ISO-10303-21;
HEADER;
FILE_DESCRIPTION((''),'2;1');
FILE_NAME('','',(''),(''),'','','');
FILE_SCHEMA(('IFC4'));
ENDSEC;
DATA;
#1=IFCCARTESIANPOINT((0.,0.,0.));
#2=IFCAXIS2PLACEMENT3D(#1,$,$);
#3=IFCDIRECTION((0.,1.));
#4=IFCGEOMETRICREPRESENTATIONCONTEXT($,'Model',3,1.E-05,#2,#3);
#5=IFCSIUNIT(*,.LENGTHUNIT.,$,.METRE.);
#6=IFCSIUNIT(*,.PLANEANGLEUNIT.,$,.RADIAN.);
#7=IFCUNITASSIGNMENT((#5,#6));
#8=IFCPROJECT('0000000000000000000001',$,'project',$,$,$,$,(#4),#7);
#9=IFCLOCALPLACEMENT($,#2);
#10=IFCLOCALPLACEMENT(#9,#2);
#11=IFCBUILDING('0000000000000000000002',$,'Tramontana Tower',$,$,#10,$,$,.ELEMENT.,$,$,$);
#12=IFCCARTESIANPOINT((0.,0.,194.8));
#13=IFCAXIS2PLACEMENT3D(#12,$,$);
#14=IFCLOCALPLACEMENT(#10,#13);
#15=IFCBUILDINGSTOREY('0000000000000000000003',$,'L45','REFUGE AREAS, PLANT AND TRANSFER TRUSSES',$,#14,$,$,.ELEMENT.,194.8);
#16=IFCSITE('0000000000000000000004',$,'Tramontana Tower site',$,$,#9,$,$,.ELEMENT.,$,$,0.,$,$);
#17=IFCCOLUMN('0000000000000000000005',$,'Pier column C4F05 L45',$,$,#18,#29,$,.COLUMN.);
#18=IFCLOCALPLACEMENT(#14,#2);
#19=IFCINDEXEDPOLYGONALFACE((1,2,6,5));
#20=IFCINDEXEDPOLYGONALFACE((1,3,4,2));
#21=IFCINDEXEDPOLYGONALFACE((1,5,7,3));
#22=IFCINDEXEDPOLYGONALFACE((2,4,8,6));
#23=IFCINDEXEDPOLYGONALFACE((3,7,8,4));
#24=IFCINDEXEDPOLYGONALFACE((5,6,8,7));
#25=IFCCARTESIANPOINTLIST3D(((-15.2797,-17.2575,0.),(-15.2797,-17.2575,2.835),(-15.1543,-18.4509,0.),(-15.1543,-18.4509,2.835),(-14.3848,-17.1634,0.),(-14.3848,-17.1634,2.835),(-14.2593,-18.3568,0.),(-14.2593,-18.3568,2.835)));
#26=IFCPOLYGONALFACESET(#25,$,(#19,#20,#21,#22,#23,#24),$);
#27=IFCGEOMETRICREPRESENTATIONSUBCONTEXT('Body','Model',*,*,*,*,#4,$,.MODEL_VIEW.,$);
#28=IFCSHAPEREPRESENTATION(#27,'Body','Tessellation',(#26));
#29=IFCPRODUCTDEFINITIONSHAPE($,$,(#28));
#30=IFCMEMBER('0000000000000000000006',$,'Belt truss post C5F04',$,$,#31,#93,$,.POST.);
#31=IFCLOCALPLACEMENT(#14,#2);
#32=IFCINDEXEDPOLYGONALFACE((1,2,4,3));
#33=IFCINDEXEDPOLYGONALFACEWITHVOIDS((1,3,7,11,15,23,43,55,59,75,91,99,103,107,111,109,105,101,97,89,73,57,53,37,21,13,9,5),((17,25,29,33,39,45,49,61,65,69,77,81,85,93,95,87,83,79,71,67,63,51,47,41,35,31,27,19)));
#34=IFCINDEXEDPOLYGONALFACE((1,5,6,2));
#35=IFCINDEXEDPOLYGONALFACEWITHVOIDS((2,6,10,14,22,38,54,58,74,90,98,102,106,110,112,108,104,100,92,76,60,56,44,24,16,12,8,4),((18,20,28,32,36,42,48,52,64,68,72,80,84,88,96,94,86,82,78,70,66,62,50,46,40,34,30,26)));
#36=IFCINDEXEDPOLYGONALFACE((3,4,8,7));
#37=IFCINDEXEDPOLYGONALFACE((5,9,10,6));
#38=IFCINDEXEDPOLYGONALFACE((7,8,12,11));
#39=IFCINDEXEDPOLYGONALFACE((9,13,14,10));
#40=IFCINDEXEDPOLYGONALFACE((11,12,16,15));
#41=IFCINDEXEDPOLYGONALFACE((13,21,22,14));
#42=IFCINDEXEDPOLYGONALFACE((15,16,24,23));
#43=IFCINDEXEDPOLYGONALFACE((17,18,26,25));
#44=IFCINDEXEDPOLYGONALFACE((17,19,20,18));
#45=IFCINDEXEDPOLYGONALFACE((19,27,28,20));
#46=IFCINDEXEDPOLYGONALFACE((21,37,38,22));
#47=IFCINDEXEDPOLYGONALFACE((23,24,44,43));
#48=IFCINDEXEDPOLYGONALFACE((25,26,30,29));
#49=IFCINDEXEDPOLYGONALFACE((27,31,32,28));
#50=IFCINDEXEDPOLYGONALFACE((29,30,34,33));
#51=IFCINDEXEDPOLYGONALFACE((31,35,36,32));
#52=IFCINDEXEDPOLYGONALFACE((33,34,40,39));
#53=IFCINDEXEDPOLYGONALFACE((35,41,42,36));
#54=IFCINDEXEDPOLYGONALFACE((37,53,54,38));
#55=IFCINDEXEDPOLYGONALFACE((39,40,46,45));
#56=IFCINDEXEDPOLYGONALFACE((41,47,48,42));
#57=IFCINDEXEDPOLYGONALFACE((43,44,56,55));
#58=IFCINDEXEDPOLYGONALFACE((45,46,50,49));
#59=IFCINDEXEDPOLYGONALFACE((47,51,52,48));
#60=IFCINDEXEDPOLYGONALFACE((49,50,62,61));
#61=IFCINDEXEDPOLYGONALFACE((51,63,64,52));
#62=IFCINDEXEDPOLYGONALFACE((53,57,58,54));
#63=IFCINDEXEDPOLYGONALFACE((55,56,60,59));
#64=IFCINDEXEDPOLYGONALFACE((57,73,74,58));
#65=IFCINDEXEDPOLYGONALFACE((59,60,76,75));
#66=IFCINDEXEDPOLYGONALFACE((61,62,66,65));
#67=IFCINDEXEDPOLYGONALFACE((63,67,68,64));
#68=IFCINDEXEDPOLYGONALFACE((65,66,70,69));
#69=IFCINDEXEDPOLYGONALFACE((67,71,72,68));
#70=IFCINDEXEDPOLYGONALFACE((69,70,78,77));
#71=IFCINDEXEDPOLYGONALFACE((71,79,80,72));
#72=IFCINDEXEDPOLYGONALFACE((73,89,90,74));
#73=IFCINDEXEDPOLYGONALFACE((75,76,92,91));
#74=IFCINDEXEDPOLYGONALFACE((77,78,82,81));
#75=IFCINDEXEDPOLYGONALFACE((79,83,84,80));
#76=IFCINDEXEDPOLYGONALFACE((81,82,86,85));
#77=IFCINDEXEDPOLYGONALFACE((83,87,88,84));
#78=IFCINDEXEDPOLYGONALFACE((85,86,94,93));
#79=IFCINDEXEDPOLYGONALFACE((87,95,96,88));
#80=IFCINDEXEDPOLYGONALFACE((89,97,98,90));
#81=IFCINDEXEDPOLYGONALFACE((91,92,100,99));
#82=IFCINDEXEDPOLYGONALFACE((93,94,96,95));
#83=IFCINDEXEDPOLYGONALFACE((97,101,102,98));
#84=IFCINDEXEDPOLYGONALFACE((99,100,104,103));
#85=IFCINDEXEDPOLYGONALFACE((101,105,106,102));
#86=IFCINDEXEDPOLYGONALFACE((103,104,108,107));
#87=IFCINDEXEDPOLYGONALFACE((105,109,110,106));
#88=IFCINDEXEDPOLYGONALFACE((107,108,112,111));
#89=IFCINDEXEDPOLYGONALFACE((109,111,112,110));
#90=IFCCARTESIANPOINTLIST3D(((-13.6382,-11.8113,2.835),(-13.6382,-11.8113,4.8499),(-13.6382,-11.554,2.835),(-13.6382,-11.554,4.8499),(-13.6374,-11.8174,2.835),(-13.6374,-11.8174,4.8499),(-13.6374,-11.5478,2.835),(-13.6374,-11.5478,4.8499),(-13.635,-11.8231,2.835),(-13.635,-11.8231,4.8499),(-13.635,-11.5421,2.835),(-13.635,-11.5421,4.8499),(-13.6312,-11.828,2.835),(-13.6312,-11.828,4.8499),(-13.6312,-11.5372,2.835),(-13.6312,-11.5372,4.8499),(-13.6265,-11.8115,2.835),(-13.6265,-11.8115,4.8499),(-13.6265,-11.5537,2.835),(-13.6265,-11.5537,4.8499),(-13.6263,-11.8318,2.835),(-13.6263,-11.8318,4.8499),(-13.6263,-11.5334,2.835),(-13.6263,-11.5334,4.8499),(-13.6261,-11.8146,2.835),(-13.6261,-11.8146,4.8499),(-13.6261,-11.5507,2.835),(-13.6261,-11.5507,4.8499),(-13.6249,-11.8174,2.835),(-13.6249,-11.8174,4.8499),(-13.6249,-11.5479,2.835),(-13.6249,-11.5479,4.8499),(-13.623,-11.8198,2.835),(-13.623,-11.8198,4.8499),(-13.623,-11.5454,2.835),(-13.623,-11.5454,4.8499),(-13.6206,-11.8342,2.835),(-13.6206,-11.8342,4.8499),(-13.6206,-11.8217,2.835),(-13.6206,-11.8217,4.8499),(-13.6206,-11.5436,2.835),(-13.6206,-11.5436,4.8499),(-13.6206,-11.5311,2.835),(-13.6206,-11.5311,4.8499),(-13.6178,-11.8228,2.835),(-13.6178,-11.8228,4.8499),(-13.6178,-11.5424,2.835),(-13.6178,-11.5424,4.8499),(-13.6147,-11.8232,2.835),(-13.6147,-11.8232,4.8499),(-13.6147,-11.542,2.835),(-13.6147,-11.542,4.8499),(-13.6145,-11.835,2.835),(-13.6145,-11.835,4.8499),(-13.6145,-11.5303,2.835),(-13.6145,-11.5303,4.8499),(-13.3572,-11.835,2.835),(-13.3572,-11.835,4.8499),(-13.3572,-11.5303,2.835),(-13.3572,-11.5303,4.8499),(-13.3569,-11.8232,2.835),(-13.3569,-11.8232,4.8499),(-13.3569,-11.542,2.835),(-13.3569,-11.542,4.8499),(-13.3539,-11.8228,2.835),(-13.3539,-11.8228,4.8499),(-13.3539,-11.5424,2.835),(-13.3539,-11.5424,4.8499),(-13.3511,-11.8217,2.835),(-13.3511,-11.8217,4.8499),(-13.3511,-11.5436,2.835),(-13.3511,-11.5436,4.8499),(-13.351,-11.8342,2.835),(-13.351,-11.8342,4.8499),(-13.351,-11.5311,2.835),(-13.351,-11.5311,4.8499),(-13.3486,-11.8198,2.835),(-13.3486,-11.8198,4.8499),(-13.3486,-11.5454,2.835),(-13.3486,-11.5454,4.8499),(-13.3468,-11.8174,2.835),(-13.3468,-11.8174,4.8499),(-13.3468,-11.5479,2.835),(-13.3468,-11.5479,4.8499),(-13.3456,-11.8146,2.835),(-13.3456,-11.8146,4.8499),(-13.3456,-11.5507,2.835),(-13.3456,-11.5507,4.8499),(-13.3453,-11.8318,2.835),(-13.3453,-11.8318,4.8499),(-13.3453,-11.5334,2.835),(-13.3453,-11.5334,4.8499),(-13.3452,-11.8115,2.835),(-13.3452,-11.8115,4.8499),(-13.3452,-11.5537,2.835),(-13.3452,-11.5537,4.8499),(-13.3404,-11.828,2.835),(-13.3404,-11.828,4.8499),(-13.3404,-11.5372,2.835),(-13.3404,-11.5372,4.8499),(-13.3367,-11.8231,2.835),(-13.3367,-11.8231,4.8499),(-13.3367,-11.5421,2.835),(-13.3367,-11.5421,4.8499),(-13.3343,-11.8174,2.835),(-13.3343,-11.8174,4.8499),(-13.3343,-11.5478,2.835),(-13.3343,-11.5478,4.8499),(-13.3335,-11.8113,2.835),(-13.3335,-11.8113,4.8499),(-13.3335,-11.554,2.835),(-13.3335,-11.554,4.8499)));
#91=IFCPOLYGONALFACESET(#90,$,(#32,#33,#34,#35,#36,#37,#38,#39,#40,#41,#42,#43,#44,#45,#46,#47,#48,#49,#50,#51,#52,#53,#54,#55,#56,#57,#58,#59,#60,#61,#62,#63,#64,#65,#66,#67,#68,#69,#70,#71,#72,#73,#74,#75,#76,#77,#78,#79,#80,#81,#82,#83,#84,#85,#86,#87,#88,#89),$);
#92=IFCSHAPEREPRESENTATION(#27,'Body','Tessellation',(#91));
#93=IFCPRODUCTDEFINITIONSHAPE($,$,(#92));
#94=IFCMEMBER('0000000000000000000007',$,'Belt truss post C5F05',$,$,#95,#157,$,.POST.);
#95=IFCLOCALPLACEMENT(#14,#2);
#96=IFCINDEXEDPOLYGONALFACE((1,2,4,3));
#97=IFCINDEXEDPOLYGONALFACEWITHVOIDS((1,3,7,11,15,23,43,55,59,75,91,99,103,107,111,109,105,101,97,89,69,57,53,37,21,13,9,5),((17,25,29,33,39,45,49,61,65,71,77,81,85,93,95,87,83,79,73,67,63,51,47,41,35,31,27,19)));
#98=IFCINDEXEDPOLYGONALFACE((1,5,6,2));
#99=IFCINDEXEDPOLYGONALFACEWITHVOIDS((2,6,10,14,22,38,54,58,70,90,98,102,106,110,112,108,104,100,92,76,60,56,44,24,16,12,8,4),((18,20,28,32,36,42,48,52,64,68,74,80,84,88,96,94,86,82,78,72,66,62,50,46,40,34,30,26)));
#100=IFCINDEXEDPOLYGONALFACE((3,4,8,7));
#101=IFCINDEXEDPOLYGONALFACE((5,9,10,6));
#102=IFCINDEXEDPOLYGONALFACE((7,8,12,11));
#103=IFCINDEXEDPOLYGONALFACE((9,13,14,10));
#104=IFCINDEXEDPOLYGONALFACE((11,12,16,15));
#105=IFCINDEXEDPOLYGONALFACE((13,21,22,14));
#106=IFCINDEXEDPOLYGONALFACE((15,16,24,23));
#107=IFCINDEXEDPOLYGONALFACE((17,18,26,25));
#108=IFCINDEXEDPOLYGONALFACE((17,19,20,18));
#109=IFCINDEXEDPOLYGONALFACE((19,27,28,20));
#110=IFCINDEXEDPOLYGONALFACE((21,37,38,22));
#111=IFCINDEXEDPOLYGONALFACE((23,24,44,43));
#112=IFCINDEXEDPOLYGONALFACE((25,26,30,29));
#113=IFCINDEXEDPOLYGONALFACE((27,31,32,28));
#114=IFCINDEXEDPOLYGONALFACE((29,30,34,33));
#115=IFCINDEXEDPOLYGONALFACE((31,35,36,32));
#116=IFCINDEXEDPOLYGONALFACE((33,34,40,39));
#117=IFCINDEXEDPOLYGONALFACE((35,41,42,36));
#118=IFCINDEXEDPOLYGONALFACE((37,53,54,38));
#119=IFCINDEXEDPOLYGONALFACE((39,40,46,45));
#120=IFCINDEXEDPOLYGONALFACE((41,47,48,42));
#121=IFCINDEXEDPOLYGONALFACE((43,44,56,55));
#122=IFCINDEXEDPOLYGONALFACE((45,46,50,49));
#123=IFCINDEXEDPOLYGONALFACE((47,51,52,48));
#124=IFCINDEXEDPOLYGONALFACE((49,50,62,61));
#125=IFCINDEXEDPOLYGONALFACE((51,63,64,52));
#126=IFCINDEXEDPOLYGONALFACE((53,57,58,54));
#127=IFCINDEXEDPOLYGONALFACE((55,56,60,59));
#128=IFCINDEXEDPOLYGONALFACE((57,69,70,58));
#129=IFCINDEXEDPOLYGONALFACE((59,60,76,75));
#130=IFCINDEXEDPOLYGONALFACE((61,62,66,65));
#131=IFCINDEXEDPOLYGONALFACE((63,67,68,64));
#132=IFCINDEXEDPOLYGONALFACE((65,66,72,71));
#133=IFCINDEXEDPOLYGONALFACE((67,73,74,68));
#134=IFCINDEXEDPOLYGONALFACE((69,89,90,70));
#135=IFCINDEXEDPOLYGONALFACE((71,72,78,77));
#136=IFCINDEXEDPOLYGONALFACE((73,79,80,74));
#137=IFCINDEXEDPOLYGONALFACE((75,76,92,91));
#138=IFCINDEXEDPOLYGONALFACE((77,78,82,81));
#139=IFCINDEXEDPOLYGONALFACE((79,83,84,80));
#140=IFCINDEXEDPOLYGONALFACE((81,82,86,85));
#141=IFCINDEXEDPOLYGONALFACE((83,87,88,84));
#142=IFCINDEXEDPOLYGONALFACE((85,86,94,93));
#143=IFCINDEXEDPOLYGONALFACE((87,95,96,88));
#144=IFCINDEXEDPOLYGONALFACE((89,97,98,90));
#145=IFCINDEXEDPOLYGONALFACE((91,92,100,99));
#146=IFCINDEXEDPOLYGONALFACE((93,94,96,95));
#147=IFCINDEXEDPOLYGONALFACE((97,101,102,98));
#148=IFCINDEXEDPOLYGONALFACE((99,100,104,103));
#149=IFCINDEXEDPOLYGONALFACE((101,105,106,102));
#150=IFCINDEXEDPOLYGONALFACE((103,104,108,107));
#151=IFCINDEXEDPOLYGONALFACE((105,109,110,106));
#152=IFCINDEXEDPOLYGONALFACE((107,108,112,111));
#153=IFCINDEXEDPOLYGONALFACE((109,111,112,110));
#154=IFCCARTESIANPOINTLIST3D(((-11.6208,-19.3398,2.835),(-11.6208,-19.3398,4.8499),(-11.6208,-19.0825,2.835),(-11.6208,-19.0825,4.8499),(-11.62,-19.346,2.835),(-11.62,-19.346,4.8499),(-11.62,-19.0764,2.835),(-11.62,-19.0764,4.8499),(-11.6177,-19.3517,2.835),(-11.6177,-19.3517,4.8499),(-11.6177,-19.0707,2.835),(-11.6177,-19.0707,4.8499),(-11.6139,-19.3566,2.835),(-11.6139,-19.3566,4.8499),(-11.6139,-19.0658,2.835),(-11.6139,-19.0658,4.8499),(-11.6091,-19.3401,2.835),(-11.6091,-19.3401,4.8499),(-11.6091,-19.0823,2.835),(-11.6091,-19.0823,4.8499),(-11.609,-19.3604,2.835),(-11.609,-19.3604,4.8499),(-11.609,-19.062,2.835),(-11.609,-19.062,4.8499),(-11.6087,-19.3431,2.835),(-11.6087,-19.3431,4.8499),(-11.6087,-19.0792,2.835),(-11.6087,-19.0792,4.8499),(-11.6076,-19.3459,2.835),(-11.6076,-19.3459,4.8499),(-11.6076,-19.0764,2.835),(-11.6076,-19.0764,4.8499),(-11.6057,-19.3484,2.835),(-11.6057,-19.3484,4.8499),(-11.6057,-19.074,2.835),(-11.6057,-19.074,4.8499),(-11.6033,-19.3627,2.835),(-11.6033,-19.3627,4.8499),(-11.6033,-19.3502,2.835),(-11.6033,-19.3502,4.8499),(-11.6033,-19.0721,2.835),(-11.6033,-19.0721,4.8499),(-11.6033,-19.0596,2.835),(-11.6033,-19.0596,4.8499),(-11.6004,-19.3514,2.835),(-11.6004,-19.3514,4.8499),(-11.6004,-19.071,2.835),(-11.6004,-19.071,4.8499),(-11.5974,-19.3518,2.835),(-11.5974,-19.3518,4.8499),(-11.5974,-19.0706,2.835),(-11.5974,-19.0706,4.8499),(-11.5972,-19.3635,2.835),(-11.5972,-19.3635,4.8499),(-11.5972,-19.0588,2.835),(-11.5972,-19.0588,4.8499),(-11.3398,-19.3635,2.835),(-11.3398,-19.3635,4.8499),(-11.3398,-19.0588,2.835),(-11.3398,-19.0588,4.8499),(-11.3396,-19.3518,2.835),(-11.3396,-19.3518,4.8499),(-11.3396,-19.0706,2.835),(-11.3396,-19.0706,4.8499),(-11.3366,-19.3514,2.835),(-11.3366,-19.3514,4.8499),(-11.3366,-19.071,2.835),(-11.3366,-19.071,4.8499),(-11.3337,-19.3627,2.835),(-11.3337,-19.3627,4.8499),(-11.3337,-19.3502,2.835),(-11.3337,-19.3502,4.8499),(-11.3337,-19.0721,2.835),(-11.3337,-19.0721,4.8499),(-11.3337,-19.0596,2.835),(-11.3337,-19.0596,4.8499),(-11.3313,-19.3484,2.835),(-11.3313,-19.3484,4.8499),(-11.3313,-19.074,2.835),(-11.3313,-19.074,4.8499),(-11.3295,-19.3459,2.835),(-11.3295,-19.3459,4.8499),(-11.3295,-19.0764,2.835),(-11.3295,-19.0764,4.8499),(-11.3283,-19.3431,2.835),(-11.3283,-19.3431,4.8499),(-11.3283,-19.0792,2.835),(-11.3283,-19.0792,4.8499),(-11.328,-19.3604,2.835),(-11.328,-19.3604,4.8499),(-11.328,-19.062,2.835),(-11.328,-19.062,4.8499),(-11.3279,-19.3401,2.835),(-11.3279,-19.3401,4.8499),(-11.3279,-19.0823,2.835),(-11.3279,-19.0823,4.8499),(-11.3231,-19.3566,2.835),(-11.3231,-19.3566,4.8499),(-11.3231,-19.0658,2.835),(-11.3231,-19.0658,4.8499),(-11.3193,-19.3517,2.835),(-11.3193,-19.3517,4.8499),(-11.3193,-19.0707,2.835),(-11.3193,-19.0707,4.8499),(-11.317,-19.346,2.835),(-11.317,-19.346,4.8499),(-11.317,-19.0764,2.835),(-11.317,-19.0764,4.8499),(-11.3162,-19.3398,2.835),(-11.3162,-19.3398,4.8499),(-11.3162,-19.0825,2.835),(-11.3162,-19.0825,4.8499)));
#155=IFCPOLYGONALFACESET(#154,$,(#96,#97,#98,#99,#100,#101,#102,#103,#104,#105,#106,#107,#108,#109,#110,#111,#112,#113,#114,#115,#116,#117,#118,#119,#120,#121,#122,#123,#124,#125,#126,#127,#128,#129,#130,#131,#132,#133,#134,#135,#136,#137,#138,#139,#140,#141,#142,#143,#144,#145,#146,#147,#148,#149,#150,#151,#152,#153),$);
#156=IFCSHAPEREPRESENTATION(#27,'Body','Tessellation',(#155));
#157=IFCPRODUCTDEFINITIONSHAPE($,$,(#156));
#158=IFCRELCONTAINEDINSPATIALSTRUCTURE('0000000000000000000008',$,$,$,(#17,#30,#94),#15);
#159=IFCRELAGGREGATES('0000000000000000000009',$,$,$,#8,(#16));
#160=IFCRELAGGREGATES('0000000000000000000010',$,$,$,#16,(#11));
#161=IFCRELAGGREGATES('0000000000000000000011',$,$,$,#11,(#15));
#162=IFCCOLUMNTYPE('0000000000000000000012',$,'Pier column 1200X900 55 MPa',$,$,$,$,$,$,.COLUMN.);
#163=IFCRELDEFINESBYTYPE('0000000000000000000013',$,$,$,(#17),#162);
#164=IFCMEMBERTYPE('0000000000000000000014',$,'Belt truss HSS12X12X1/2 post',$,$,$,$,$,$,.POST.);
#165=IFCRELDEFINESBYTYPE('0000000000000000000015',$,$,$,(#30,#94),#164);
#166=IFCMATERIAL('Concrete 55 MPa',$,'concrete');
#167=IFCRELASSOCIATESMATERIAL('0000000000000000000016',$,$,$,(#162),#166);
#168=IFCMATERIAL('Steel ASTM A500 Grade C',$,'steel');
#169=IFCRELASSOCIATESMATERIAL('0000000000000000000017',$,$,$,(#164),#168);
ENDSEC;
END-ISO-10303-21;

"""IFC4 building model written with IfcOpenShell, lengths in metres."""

from ifc_helpers import new_model, si_unit, direction, frame, origin, origin_2d, place, context, subcontext, project, spatial, rectangle, hollow_rectangle, extrude, material, material_profile, profile_set, type_object, element, save


model = new_model("IFC4")

# Units and contexts
model_context = context("Model", 3, precision=1e-05, world=origin(), true_north=direction((0.0, 1.0)))
body_context = subcontext(model_context, "Body", "Model", "MODEL_VIEW")
ifc_project = project(units=[si_unit("LENGTHUNIT", "METRE"), si_unit("PLANEANGLEUNIT", "RADIAN")], contexts=[model_context])

# Site, building, storey
site_placement = place(None, origin())
site = spatial("IfcSite", under=ifc_project, at=site_placement, Name="Tramontana Tower site", CompositionType="ELEMENT", RefElevation=0.0)
building_placement = place(site_placement, origin())
building = spatial("IfcBuilding", under=site, at=building_placement, Name="Tramontana Tower", CompositionType="ELEMENT")
storey_placement = place(building_placement, frame((0.0, 0.0, 194.8)))
storey = spatial("IfcBuildingStorey", under=building, at=storey_placement, Name="L45", Description="REFUGE AREAS, PLANT AND TRANSFER TRUSSES", CompositionType="ELEMENT", Elevation=194.8)

# Column
ifc_material_1 = material(Name="Concrete 55 MPa", Category="concrete")
ifc_material_profile_1 = material_profile(ifc_material_1, rectangle(XDim=1.2, YDim=0.8999, at=origin_2d()), Name="Pier column 1200X900 55 MPa")
ifc_profile_set_1 = profile_set([ifc_material_profile_1], Name="Concrete 55 MPa")
column_type = type_object("IfcColumnType", Name="Pier column 1200X900 55 MPa", PredefinedType="COLUMN", material=ifc_profile_set_1)
column_placement = place(storey_placement, frame((-14.7695, -17.8071, 0.0), z_axis=(0.0, 0.0, 1.0), x_axis=(0.104528, -0.994522, 0.0)))
element("IfcColumn", 1, at=column_placement, inside=storey, type_object=column_type, Name="Pier column C4F05 L45", PredefinedType="COLUMN", context=body_context, shape_type="SweptSolid", body=[
    extrude(rectangle(XDim=1.2, YDim=0.8999, at=origin_2d()), origin(), (0.0, 0.0, 1.0), 2.835),
])

# Members
ifc_material_2 = material(Name="Steel ASTM A500 Grade C", Category="steel")
ifc_material_profile_2 = material_profile(ifc_material_2, hollow_rectangle(XDim=0.3047, YDim=0.3047, WallThickness=0.0117, InnerFilletRadius=0.0117, OuterFilletRadius=0.0237, at=origin_2d()), Name="HSS12X12X1/2")
ifc_profile_set_2 = profile_set([ifc_material_profile_2], Name="Steel ASTM A500 Grade C")
member_type_1 = type_object("IfcMemberType", Name="Belt truss HSS12X12X1/2 post", PredefinedType="POST", material=ifc_profile_set_2)
for number, where, z_axis, x_axis, name in (
    (2, (-13.4858, -11.6826, 2.835), (0.0, 0.0, 1.0), (1.0, 0.0, 0.0), "Belt truss post C5F04"),
    (3, (-11.4685, -19.2112, 2.835), (0.0, 0.0, 1.0), (1.0, 0.0, 0.0), "Belt truss post C5F05"),
):
    element("IfcMember", number, at=place(storey_placement, frame(where, z_axis=z_axis, x_axis=x_axis)), inside=storey, type_object=member_type_1, Name=name, PredefinedType="POST", context=body_context, shape_type="SweptSolid", body=[
        extrude(hollow_rectangle(XDim=0.3047, YDim=0.3047, WallThickness=0.0117, InnerFilletRadius=0.0117, OuterFilletRadius=0.0237, at=origin_2d()), origin(), (0.0, 0.0, 1.0), 2.0149),
    ])

save(model, "model.ifc")
